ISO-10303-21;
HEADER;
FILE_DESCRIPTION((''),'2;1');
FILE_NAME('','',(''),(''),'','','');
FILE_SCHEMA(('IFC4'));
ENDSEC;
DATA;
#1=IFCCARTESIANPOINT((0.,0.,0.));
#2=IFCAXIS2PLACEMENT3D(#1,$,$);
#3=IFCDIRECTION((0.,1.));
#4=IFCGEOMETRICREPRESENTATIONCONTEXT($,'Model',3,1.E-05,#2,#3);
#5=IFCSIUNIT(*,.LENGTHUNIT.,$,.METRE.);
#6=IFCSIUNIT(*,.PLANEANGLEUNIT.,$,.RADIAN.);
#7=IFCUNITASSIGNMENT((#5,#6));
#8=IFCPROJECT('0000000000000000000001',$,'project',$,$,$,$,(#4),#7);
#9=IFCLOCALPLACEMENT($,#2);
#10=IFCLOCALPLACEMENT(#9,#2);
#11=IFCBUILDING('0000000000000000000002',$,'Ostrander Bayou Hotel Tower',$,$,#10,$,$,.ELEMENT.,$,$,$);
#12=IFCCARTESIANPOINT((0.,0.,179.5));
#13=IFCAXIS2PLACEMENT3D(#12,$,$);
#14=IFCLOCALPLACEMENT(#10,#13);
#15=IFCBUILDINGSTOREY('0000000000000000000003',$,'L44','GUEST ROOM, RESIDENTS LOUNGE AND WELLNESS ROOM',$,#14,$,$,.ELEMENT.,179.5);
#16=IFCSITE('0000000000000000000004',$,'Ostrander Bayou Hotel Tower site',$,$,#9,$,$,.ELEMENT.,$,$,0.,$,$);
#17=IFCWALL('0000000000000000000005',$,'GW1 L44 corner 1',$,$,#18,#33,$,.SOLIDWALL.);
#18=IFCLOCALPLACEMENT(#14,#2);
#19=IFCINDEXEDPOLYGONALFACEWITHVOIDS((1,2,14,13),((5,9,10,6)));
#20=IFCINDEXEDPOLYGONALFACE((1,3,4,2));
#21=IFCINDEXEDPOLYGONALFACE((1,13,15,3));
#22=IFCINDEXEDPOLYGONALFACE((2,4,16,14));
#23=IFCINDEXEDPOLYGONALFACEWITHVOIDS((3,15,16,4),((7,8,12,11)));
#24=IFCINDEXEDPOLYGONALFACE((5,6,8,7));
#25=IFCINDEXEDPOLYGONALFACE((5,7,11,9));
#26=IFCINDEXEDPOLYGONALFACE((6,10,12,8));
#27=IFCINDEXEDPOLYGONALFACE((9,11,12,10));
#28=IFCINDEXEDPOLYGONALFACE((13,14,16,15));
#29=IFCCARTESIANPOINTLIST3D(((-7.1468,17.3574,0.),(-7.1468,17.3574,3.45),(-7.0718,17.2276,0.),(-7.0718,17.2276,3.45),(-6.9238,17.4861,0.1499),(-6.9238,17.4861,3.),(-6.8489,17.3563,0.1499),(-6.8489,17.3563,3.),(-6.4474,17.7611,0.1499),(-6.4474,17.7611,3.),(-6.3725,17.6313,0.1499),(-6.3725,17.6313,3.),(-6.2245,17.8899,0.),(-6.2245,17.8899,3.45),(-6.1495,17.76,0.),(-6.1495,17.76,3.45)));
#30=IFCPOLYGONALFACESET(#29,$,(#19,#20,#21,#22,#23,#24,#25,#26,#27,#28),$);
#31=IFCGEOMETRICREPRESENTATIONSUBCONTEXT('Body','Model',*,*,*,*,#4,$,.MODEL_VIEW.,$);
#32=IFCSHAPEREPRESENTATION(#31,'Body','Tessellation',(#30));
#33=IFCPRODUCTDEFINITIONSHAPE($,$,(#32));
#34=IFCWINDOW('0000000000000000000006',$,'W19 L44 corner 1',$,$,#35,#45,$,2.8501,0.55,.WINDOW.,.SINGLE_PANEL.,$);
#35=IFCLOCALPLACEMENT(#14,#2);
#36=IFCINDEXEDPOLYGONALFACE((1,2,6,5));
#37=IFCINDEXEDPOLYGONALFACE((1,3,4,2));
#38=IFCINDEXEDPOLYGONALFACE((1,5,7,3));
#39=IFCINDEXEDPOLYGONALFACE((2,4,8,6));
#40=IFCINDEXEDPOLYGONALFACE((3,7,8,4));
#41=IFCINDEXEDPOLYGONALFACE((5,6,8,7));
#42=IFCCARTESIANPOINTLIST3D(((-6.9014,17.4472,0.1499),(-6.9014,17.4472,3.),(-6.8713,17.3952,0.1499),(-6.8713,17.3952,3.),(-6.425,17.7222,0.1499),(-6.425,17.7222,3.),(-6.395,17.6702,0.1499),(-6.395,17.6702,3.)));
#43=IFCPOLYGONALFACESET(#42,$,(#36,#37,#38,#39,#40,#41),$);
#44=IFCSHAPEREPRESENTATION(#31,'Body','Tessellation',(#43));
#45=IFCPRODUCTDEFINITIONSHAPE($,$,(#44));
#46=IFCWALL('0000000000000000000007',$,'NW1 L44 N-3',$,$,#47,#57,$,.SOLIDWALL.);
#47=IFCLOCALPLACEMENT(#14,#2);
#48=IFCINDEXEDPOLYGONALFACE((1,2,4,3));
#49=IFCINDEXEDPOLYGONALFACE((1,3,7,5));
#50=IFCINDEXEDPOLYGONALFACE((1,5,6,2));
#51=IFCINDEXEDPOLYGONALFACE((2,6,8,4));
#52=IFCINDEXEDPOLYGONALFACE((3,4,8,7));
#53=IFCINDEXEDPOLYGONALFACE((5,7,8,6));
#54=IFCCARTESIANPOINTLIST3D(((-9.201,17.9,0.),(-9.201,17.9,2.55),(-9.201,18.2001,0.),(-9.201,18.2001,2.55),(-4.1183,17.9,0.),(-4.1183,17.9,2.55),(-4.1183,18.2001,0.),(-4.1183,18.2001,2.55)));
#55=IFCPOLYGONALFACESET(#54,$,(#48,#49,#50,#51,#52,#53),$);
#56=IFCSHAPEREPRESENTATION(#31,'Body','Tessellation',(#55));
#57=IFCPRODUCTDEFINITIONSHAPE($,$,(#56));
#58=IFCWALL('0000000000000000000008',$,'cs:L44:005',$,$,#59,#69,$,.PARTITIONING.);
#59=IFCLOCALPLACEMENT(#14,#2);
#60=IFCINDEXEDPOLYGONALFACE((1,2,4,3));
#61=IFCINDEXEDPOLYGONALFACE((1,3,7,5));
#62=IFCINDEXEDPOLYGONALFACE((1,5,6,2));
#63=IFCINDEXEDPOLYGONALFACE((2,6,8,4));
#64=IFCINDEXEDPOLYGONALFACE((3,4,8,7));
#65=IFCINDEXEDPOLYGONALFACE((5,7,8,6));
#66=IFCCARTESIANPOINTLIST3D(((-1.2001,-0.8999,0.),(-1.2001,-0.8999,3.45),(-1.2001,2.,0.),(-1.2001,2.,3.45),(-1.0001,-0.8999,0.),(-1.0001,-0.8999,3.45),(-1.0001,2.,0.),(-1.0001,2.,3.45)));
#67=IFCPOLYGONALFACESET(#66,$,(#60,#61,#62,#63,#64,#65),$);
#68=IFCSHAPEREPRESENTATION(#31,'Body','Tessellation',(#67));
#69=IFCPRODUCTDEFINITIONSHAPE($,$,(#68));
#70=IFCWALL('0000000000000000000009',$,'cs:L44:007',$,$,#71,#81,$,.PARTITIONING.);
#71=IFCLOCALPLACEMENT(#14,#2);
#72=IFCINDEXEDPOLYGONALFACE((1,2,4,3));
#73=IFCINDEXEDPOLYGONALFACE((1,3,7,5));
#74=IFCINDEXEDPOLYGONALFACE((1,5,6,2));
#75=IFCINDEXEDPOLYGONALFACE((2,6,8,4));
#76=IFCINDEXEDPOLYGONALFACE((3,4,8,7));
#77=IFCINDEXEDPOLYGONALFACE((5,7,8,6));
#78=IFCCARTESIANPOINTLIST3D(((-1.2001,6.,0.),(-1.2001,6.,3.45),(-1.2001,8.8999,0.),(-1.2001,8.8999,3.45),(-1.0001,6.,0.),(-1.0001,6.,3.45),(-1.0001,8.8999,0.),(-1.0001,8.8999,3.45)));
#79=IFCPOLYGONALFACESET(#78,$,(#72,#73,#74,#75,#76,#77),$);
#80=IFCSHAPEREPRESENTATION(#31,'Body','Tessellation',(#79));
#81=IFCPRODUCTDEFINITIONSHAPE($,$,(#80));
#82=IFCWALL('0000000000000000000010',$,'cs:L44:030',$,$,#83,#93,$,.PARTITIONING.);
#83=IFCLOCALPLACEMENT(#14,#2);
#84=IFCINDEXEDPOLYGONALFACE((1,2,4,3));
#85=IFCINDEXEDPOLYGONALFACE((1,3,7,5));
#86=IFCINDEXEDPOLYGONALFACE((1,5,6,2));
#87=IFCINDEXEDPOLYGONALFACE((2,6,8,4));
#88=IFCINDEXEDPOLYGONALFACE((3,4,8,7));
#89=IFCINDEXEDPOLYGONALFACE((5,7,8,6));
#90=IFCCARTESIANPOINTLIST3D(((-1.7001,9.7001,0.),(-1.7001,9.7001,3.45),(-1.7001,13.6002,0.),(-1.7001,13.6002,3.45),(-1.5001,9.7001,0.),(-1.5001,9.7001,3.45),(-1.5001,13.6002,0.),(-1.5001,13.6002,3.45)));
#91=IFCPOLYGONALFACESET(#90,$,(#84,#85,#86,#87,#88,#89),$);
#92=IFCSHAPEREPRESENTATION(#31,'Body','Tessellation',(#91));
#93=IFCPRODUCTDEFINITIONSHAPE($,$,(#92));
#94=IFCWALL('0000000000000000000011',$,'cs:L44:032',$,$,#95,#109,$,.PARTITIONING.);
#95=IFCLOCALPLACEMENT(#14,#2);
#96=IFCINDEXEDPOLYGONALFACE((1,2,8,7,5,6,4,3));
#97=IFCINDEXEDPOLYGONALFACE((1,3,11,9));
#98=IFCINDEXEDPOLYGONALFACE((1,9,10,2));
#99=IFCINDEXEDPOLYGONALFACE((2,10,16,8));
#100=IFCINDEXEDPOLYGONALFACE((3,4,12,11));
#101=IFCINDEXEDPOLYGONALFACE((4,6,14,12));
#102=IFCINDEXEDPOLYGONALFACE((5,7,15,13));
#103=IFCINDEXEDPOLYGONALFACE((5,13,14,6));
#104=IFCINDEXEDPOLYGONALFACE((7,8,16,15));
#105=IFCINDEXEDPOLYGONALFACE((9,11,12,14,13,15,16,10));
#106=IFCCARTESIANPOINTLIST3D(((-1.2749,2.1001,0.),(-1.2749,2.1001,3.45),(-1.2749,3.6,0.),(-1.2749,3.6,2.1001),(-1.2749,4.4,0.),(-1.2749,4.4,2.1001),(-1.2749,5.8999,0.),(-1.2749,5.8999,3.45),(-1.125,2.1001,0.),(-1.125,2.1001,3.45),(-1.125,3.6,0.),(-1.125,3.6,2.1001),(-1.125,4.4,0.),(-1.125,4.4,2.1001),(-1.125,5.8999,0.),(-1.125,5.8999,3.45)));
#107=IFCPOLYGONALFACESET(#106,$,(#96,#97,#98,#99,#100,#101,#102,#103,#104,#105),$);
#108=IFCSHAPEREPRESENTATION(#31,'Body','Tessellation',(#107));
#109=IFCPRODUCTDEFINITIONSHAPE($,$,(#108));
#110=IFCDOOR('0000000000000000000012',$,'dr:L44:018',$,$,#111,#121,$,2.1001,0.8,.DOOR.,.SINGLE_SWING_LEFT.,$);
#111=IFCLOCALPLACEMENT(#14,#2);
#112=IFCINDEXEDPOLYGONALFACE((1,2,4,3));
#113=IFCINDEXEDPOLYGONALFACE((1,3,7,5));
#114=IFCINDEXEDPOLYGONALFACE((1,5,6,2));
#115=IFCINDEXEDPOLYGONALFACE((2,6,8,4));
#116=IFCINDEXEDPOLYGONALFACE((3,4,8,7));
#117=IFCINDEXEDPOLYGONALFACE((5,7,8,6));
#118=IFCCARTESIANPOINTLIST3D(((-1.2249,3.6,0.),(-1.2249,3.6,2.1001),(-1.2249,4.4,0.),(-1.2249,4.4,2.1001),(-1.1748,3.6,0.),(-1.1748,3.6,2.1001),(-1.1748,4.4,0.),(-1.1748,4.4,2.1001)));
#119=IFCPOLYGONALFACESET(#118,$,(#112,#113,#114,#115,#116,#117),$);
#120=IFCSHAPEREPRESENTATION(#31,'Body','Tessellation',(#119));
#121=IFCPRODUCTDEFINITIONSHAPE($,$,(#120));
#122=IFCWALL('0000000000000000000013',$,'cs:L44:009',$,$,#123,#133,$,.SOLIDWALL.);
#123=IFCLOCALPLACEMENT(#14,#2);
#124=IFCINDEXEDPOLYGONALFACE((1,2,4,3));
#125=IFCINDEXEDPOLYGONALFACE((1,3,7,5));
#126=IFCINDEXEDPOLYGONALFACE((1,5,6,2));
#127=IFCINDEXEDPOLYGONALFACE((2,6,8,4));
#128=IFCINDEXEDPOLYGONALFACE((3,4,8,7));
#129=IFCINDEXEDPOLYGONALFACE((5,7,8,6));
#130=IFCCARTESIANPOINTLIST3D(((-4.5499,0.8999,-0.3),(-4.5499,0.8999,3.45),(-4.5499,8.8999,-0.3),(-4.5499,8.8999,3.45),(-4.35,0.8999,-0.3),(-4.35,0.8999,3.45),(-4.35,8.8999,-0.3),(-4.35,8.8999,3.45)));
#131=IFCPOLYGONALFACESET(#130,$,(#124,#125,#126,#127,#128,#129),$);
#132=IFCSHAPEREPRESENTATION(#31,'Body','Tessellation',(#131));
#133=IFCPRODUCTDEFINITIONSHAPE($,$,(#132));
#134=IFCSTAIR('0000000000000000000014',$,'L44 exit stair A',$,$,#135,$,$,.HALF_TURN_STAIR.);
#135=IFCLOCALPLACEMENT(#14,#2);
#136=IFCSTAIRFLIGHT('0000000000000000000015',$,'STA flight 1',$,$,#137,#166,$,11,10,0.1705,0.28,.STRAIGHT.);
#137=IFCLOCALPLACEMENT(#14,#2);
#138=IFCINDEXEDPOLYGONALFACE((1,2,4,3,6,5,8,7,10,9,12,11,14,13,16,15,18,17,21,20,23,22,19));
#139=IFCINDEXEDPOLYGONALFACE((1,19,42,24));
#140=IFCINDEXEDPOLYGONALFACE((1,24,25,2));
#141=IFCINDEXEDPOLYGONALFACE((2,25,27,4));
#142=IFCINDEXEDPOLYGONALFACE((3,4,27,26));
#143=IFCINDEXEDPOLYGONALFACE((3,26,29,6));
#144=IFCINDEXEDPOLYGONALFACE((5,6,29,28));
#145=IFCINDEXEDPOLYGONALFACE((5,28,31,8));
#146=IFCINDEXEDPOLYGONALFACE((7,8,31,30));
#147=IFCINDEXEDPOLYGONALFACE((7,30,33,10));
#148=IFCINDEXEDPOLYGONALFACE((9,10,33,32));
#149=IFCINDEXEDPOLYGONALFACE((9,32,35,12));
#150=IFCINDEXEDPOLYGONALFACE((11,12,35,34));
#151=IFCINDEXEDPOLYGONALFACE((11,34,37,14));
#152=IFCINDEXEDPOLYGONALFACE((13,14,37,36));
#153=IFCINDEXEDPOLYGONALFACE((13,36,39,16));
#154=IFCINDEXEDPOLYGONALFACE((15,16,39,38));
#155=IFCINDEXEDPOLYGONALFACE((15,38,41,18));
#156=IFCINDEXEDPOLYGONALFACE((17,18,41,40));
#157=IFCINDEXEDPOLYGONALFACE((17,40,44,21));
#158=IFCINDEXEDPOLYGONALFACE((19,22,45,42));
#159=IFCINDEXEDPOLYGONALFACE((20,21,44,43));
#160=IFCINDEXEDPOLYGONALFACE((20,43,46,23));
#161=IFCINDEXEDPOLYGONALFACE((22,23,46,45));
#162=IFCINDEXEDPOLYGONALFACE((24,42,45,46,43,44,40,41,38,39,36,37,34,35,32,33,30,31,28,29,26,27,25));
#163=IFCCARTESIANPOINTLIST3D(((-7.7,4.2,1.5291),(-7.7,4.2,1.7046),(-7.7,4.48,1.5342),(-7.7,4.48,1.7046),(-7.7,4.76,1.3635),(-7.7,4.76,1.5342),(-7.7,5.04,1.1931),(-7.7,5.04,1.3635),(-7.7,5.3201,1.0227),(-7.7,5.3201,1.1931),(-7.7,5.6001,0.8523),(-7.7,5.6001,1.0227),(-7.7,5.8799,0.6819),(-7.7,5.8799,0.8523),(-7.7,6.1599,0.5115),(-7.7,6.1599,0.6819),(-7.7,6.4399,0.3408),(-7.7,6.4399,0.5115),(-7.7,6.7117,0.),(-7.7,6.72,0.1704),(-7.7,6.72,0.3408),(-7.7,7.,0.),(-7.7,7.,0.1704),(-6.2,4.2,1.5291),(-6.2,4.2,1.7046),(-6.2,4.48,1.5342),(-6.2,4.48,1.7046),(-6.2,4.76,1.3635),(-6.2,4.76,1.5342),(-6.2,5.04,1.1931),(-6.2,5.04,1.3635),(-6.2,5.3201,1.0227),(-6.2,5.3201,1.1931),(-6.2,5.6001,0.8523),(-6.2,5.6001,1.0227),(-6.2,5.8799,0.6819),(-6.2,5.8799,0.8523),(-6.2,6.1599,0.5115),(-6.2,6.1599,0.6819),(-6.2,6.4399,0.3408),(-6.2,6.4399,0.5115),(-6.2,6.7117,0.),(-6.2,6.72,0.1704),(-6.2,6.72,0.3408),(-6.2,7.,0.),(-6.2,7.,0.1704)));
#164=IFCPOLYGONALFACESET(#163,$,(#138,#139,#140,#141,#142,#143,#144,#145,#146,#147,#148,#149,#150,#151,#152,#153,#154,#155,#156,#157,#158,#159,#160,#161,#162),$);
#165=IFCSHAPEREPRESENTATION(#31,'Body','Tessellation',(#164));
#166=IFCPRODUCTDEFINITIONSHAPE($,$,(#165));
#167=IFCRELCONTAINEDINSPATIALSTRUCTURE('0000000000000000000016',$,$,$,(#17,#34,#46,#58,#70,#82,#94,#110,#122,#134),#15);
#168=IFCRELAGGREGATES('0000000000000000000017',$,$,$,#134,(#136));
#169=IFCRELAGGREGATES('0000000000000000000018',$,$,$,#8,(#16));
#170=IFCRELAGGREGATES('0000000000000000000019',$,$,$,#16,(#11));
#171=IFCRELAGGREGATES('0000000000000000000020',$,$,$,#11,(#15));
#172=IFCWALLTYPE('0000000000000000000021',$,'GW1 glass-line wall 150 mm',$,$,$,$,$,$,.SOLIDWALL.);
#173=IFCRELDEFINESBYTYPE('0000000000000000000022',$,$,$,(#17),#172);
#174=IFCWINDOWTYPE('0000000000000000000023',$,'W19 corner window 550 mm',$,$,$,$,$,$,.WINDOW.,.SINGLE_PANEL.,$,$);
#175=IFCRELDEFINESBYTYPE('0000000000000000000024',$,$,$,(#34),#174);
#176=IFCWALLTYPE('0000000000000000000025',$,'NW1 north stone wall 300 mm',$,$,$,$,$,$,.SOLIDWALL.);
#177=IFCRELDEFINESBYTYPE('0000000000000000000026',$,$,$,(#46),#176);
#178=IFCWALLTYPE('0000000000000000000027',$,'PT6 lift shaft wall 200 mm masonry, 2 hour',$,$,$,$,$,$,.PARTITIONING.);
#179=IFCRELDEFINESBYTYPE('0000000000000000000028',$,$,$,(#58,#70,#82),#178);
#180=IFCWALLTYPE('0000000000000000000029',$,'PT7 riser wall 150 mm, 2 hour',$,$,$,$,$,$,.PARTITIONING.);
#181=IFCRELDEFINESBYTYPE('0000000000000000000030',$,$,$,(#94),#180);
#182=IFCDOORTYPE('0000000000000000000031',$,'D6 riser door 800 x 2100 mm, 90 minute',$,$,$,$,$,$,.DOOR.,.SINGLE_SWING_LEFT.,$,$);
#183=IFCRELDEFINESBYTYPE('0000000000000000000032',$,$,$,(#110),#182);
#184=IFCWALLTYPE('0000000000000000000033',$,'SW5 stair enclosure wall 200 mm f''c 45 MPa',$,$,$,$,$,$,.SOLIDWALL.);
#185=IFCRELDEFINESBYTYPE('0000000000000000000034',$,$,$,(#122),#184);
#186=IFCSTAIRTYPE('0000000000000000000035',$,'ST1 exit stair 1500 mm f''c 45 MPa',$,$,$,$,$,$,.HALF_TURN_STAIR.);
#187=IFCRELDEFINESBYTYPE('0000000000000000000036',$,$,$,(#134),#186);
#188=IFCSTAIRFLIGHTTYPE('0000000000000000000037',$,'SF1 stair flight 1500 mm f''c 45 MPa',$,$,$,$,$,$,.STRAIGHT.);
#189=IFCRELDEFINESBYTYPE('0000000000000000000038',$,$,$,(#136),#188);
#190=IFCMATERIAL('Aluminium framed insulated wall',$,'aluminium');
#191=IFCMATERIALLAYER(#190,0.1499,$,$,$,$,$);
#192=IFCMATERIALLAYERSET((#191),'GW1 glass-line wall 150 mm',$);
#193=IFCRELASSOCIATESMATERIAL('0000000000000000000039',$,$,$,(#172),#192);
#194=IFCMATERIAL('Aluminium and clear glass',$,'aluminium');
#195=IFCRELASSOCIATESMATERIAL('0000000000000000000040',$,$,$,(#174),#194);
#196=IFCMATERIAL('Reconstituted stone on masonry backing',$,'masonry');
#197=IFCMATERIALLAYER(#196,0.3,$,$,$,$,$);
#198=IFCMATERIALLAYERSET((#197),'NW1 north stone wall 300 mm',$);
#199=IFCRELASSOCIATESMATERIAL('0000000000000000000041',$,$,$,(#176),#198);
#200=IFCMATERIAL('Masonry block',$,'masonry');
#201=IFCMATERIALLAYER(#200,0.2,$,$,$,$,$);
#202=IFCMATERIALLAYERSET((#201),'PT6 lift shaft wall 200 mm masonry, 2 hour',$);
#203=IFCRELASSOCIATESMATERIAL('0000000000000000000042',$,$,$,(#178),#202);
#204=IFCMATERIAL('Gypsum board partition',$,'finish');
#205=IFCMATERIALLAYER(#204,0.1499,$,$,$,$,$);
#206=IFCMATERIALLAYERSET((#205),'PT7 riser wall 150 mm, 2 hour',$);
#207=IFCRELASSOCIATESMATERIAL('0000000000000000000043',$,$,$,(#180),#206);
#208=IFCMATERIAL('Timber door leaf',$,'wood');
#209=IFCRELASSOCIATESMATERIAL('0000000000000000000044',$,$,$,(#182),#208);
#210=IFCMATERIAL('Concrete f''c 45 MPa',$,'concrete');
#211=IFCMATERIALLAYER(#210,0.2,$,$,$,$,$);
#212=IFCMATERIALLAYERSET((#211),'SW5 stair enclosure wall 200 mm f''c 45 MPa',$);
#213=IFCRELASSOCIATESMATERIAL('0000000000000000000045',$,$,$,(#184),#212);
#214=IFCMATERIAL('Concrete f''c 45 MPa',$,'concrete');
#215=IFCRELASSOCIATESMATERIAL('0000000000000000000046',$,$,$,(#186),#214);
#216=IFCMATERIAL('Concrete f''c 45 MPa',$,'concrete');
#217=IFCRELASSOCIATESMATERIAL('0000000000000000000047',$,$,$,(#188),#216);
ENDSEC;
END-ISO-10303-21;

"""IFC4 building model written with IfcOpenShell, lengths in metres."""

from ifc_helpers import new_model, si_unit, direction, frame, frame_2d, origin, place, context, subcontext, project, spatial, polyline, rectangle, outline, extrude, material, layer, layer_set, type_object, element, fill, aggregate, save


model = new_model("IFC4")

# Units and contexts
model_context = context("Model", 3, precision=1e-05, world=origin(), true_north=direction((0.0, 1.0)))
body_context = subcontext(model_context, "Body", "Model", "MODEL_VIEW")
ifc_project = project(units=[si_unit("LENGTHUNIT", "METRE"), si_unit("PLANEANGLEUNIT", "RADIAN")], contexts=[model_context])

# Site, building, storey
site_placement = place(None, origin())
site = spatial("IfcSite", under=ifc_project, at=site_placement, Name="Ostrander Bayou Hotel Tower site", CompositionType="ELEMENT", RefElevation=0.0)
building_placement = place(site_placement, origin())
building = spatial("IfcBuilding", under=site, at=building_placement, Name="Ostrander Bayou Hotel Tower", CompositionType="ELEMENT")
storey_placement = place(building_placement, frame((0.0, 0.0, 179.5)))
storey = spatial("IfcBuildingStorey", under=building, at=storey_placement, Name="L44", Description="GUEST ROOM, RESIDENTS LOUNGE AND WELLNESS ROOM", CompositionType="ELEMENT", Elevation=179.5)

# Wall, opening, window
ifc_material_1 = material(Name="Aluminium framed insulated wall", Category="aluminium")
ifc_layer_1 = layer(ifc_material_1, 0.1499)
ifc_layer_set_1 = layer_set([ifc_layer_1], Name="GW1 glass-line wall 150 mm")
wall_type_1 = type_object("IfcWallType", Name="GW1 glass-line wall 150 mm", PredefinedType="SOLIDWALL", material=ifc_layer_set_1)
wall_1_placement = place(storey_placement, frame((-6.187, 17.825, 0.0), z_axis=(0.0, 0.0, 1.0), x_axis=(-0.866048, -0.499961, 0.0)))
wall_1 = element("IfcWall", 1, at=wall_1_placement, inside=storey, type_object=wall_type_1, Name="GW1 L44 corner 1", PredefinedType="SOLIDWALL", context=body_context, shape_type="SweptSolid", body=[
    extrude(rectangle(XDim=1.0649, YDim=0.1499, at=frame_2d((0.5325, 0.0))), origin(), (0.0, 0.0, 1.0), 3.45),
])
opening_1_placement = place(wall_1_placement, frame((0.2576, 0.0, 0.1499)))
opening_1 = element("IfcOpeningElement", 2, at=opening_1_placement, cuts=wall_1, PredefinedType="OPENING", context=body_context, shape_type="SweptSolid", body=[
    extrude(rectangle(XDim=0.55, YDim=2.8501, at=frame_2d((0.2749, 1.425))), frame((0.0, 0.075, 0.0), z_axis=(0.0, -1.0, 0.0), x_axis=(1.0, 0.0, 0.0)), (0.0, 0.0, 1.0), 0.1499),
])
ifc_material_2 = material(Name="Aluminium and clear glass", Category="aluminium")
window_type = type_object("IfcWindowType", Name="W19 corner window 550 mm", PartitioningType="SINGLE_PANEL", PredefinedType="WINDOW", material=ifc_material_2)
window_placement = place(opening_1_placement, origin())
window = element("IfcWindow", 3, at=window_placement, inside=storey, type_object=window_type, Name="W19 L44 corner 1", OverallHeight=2.8501, OverallWidth=0.55, PartitioningType="SINGLE_PANEL", PredefinedType="WINDOW", context=body_context, shape_type="SweptSolid", body=[
    extrude(rectangle(XDim=0.55, YDim=2.8501, at=frame_2d((0.2749, 1.425))), frame((0.0, 0.03, 0.0), z_axis=(0.0, -1.0, 0.0), x_axis=(1.0, 0.0, 0.0)), (0.0, 0.0, 1.0), 0.0601),
])
fill(opening_1, window)

# Wall
ifc_material_3 = material(Name="Reconstituted stone on masonry backing", Category="masonry")
ifc_layer_2 = layer(ifc_material_3, 0.3)
ifc_layer_set_2 = layer_set([ifc_layer_2], Name="NW1 north stone wall 300 mm")
wall_type_2 = type_object("IfcWallType", Name="NW1 north stone wall 300 mm", PredefinedType="SOLIDWALL", material=ifc_layer_set_2)
wall_2_placement = place(storey_placement, frame((-4.1182, 18.05, 0.0), z_axis=(0.0, 0.0, 1.0), x_axis=(-1.0, 0.0, 0.0)))
element("IfcWall", 4, at=wall_2_placement, inside=storey, type_object=wall_type_2, Name="NW1 L44 N-3", PredefinedType="SOLIDWALL", context=body_context, shape_type="SweptSolid", body=[
    extrude(rectangle(XDim=5.0828, YDim=0.3, at=frame_2d((2.5415, 0.0))), origin(), (0.0, 0.0, 1.0), 2.55),
])

# Shared definitions
ifc_material_4 = material(Name="Masonry block", Category="masonry")
ifc_layer_3 = layer(ifc_material_4, 0.2)
ifc_layer_set_3 = layer_set([ifc_layer_3], Name="PT6 lift shaft wall 200 mm masonry, 2 hour")
wall_type_3 = type_object("IfcWallType", Name="PT6 lift shaft wall 200 mm masonry, 2 hour", PredefinedType="PARTITIONING", material=ifc_layer_set_3)

# Walls
for number, where, z_axis, x_axis, name in (
    (5, (-1.1001, -0.8999, 0.0), (0.0, 0.0, 1.0), (0.0, 1.0, 0.0), "cs:L44:005"),
    (6, (-1.1001, 6.0, 0.0), (0.0, 0.0, 1.0), (0.0, 1.0, 0.0), "cs:L44:007"),
):
    element("IfcWall", number, at=place(storey_placement, frame(where, z_axis=z_axis, x_axis=x_axis)), inside=storey, type_object=wall_type_3, Name=name, PredefinedType="PARTITIONING", context=body_context, shape_type="SweptSolid", body=[
        extrude(rectangle(XDim=2.8999, YDim=0.2, at=frame_2d((1.45, 0.0))), origin(), (0.0, 0.0, 1.0), 3.45),
    ])
wall_3_placement = place(storey_placement, frame((-1.6001, 9.7, 0.0), z_axis=(0.0, 0.0, 1.0), x_axis=(0.0, 1.0, 0.0)))
element("IfcWall", 7, at=wall_3_placement, inside=storey, type_object=wall_type_3, Name="cs:L44:030", PredefinedType="PARTITIONING", context=body_context, shape_type="SweptSolid", body=[
    extrude(rectangle(XDim=3.9001, YDim=0.2, at=frame_2d((1.9502, 0.0))), origin(), (0.0, 0.0, 1.0), 3.45),
])

# Wall, opening, door
ifc_material_5 = material(Name="Gypsum board partition", Category="finish")
ifc_layer_4 = layer(ifc_material_5, 0.1499)
ifc_layer_set_4 = layer_set([ifc_layer_4], Name="PT7 riser wall 150 mm, 2 hour")
wall_type_4 = type_object("IfcWallType", Name="PT7 riser wall 150 mm, 2 hour", PredefinedType="PARTITIONING", material=ifc_layer_set_4)
wall_4_placement = place(storey_placement, frame((-1.2, 2.1001, 0.0), z_axis=(0.0, 0.0, 1.0), x_axis=(0.0, 1.0, 0.0)))
wall_4 = element("IfcWall", 8, at=wall_4_placement, inside=storey, type_object=wall_type_4, Name="cs:L44:032", PredefinedType="PARTITIONING", context=body_context, shape_type="SweptSolid", body=[
    extrude(rectangle(XDim=3.7998, YDim=0.1499, at=frame_2d((1.8999, 0.0))), origin(), (0.0, 0.0, 1.0), 3.45),
])
opening_2_placement = place(wall_4_placement, frame((1.5, 0.0, 0.0)))
opening_2 = element("IfcOpeningElement", 9, at=opening_2_placement, cuts=wall_4, PredefinedType="OPENING", context=body_context, shape_type="SweptSolid", body=[
    extrude(rectangle(XDim=0.8, YDim=2.1001, at=frame_2d((0.3999, 1.05))), frame((0.0, 0.075, 0.0), z_axis=(0.0, -1.0, 0.0), x_axis=(1.0, 0.0, 0.0)), (0.0, 0.0, 1.0), 0.1499),
])
ifc_material_6 = material(Name="Timber door leaf", Category="wood")
door_type_1 = type_object("IfcDoorType", Name="D6 riser door 800 x 2100 mm, 90 minute", OperationType="SINGLE_SWING_LEFT", PredefinedType="DOOR", material=ifc_material_6)
door_1_placement = place(opening_2_placement, origin())
door_1 = element("IfcDoor", 10, at=door_1_placement, inside=storey, type_object=door_type_1, Name="dr:L44:018", OperationType="SINGLE_SWING_LEFT", OverallHeight=2.1001, OverallWidth=0.8, PredefinedType="DOOR", context=body_context, shape_type="SweptSolid", body=[
    extrude(rectangle(XDim=0.8, YDim=2.1001, at=frame_2d((0.3999, 1.05))), frame((0.0, 0.0249, 0.0), z_axis=(0.0, -1.0, 0.0), x_axis=(1.0, 0.0, 0.0)), (0.0, 0.0, 1.0), 0.05),
])
fill(opening_2, door_1)

# Wall
ifc_material_7 = material(Name="Concrete f'c 45 MPa", Category="concrete")
ifc_layer_5 = layer(ifc_material_7, 0.2)
ifc_layer_set_5 = layer_set([ifc_layer_5], Name="SW5 stair enclosure wall 200 mm f'c 45 MPa")
wall_type_5 = type_object("IfcWallType", Name="SW5 stair enclosure wall 200 mm f'c 45 MPa", PredefinedType="SOLIDWALL", material=ifc_layer_set_5)
wall_5_placement = place(storey_placement, frame((-4.45, 0.8999, -0.3), z_axis=(0.0, 0.0, 1.0), x_axis=(0.0, 1.0, 0.0)))
element("IfcWall", 11, at=wall_5_placement, inside=storey, type_object=wall_type_5, Name="cs:L44:009", PredefinedType="SOLIDWALL", context=body_context, shape_type="SweptSolid", body=[
    extrude(rectangle(XDim=8.0, YDim=0.2, at=frame_2d((4.0, 0.0))), origin(), (0.0, 0.0, 1.0), 3.75),
])

# Stair, stair flight
ifc_material_8 = material(Name="Concrete f'c 45 MPa", Category="concrete")
stair_type = type_object("IfcStairType", Name="ST1 exit stair 1500 mm f'c 45 MPa", PredefinedType="HALF_TURN_STAIR", material=ifc_material_8)
stair_placement = place(storey_placement, origin())
stair = element("IfcStair", 12, at=stair_placement, inside=storey, type_object=stair_type, Name="L44 exit stair A", PredefinedType="HALF_TURN_STAIR")
ifc_material_9 = material(Name="Concrete f'c 45 MPa", Category="concrete")
stair_flight_type = type_object("IfcStairFlightType", Name="SF1 stair flight 1500 mm f'c 45 MPa", PredefinedType="STRAIGHT", material=ifc_material_9)
stair_flight_1_placement = place(storey_placement, frame((-6.95, 7.0, 0.0), z_axis=(0.0, 0.0, 1.0), x_axis=(0.0, -1.0, 0.0)))
stair_flight_1 = element("IfcStairFlight", 13, at=stair_flight_1_placement, type_object=stair_flight_type, Name="STA flight 1", NumberOfRisers=11, NumberOfTreads=10, PredefinedType="STRAIGHT", RiserHeight=0.1705, TreadLength=0.28, context=body_context, shape_type="SweptSolid", body=[
    extrude(outline(polyline([(0.0, 0.0), (0.0, 0.1704), (0.28, 0.1704), (0.28, 0.3408), (0.5601, 0.3408), (0.5601, 0.5115), (0.8401, 0.5115), (0.8401, 0.6819), (1.1201, 0.6819), (1.1201, 0.8523), (1.3999, 0.8523), (1.3999, 1.0227), (1.6799, 1.0227), (1.6799, 1.1931), (1.96, 1.1931), (1.96, 1.3635), (2.24, 1.3635), (2.24, 1.5342), (2.52, 1.5342), (2.52, 1.7046), (2.8, 1.7046), (2.8, 1.875), (2.8, 1.5291), (0.2883, 0.0), (0.0, 0.0)])), frame((0.0, 0.75, 0.0), z_axis=(0.0, -1.0, 0.0), x_axis=(1.0, 0.0, 0.0)), (0.0, 0.0, 1.0), 1.5),
])
aggregate(stair, [stair_flight_1])

save(model, "model.ifc")
